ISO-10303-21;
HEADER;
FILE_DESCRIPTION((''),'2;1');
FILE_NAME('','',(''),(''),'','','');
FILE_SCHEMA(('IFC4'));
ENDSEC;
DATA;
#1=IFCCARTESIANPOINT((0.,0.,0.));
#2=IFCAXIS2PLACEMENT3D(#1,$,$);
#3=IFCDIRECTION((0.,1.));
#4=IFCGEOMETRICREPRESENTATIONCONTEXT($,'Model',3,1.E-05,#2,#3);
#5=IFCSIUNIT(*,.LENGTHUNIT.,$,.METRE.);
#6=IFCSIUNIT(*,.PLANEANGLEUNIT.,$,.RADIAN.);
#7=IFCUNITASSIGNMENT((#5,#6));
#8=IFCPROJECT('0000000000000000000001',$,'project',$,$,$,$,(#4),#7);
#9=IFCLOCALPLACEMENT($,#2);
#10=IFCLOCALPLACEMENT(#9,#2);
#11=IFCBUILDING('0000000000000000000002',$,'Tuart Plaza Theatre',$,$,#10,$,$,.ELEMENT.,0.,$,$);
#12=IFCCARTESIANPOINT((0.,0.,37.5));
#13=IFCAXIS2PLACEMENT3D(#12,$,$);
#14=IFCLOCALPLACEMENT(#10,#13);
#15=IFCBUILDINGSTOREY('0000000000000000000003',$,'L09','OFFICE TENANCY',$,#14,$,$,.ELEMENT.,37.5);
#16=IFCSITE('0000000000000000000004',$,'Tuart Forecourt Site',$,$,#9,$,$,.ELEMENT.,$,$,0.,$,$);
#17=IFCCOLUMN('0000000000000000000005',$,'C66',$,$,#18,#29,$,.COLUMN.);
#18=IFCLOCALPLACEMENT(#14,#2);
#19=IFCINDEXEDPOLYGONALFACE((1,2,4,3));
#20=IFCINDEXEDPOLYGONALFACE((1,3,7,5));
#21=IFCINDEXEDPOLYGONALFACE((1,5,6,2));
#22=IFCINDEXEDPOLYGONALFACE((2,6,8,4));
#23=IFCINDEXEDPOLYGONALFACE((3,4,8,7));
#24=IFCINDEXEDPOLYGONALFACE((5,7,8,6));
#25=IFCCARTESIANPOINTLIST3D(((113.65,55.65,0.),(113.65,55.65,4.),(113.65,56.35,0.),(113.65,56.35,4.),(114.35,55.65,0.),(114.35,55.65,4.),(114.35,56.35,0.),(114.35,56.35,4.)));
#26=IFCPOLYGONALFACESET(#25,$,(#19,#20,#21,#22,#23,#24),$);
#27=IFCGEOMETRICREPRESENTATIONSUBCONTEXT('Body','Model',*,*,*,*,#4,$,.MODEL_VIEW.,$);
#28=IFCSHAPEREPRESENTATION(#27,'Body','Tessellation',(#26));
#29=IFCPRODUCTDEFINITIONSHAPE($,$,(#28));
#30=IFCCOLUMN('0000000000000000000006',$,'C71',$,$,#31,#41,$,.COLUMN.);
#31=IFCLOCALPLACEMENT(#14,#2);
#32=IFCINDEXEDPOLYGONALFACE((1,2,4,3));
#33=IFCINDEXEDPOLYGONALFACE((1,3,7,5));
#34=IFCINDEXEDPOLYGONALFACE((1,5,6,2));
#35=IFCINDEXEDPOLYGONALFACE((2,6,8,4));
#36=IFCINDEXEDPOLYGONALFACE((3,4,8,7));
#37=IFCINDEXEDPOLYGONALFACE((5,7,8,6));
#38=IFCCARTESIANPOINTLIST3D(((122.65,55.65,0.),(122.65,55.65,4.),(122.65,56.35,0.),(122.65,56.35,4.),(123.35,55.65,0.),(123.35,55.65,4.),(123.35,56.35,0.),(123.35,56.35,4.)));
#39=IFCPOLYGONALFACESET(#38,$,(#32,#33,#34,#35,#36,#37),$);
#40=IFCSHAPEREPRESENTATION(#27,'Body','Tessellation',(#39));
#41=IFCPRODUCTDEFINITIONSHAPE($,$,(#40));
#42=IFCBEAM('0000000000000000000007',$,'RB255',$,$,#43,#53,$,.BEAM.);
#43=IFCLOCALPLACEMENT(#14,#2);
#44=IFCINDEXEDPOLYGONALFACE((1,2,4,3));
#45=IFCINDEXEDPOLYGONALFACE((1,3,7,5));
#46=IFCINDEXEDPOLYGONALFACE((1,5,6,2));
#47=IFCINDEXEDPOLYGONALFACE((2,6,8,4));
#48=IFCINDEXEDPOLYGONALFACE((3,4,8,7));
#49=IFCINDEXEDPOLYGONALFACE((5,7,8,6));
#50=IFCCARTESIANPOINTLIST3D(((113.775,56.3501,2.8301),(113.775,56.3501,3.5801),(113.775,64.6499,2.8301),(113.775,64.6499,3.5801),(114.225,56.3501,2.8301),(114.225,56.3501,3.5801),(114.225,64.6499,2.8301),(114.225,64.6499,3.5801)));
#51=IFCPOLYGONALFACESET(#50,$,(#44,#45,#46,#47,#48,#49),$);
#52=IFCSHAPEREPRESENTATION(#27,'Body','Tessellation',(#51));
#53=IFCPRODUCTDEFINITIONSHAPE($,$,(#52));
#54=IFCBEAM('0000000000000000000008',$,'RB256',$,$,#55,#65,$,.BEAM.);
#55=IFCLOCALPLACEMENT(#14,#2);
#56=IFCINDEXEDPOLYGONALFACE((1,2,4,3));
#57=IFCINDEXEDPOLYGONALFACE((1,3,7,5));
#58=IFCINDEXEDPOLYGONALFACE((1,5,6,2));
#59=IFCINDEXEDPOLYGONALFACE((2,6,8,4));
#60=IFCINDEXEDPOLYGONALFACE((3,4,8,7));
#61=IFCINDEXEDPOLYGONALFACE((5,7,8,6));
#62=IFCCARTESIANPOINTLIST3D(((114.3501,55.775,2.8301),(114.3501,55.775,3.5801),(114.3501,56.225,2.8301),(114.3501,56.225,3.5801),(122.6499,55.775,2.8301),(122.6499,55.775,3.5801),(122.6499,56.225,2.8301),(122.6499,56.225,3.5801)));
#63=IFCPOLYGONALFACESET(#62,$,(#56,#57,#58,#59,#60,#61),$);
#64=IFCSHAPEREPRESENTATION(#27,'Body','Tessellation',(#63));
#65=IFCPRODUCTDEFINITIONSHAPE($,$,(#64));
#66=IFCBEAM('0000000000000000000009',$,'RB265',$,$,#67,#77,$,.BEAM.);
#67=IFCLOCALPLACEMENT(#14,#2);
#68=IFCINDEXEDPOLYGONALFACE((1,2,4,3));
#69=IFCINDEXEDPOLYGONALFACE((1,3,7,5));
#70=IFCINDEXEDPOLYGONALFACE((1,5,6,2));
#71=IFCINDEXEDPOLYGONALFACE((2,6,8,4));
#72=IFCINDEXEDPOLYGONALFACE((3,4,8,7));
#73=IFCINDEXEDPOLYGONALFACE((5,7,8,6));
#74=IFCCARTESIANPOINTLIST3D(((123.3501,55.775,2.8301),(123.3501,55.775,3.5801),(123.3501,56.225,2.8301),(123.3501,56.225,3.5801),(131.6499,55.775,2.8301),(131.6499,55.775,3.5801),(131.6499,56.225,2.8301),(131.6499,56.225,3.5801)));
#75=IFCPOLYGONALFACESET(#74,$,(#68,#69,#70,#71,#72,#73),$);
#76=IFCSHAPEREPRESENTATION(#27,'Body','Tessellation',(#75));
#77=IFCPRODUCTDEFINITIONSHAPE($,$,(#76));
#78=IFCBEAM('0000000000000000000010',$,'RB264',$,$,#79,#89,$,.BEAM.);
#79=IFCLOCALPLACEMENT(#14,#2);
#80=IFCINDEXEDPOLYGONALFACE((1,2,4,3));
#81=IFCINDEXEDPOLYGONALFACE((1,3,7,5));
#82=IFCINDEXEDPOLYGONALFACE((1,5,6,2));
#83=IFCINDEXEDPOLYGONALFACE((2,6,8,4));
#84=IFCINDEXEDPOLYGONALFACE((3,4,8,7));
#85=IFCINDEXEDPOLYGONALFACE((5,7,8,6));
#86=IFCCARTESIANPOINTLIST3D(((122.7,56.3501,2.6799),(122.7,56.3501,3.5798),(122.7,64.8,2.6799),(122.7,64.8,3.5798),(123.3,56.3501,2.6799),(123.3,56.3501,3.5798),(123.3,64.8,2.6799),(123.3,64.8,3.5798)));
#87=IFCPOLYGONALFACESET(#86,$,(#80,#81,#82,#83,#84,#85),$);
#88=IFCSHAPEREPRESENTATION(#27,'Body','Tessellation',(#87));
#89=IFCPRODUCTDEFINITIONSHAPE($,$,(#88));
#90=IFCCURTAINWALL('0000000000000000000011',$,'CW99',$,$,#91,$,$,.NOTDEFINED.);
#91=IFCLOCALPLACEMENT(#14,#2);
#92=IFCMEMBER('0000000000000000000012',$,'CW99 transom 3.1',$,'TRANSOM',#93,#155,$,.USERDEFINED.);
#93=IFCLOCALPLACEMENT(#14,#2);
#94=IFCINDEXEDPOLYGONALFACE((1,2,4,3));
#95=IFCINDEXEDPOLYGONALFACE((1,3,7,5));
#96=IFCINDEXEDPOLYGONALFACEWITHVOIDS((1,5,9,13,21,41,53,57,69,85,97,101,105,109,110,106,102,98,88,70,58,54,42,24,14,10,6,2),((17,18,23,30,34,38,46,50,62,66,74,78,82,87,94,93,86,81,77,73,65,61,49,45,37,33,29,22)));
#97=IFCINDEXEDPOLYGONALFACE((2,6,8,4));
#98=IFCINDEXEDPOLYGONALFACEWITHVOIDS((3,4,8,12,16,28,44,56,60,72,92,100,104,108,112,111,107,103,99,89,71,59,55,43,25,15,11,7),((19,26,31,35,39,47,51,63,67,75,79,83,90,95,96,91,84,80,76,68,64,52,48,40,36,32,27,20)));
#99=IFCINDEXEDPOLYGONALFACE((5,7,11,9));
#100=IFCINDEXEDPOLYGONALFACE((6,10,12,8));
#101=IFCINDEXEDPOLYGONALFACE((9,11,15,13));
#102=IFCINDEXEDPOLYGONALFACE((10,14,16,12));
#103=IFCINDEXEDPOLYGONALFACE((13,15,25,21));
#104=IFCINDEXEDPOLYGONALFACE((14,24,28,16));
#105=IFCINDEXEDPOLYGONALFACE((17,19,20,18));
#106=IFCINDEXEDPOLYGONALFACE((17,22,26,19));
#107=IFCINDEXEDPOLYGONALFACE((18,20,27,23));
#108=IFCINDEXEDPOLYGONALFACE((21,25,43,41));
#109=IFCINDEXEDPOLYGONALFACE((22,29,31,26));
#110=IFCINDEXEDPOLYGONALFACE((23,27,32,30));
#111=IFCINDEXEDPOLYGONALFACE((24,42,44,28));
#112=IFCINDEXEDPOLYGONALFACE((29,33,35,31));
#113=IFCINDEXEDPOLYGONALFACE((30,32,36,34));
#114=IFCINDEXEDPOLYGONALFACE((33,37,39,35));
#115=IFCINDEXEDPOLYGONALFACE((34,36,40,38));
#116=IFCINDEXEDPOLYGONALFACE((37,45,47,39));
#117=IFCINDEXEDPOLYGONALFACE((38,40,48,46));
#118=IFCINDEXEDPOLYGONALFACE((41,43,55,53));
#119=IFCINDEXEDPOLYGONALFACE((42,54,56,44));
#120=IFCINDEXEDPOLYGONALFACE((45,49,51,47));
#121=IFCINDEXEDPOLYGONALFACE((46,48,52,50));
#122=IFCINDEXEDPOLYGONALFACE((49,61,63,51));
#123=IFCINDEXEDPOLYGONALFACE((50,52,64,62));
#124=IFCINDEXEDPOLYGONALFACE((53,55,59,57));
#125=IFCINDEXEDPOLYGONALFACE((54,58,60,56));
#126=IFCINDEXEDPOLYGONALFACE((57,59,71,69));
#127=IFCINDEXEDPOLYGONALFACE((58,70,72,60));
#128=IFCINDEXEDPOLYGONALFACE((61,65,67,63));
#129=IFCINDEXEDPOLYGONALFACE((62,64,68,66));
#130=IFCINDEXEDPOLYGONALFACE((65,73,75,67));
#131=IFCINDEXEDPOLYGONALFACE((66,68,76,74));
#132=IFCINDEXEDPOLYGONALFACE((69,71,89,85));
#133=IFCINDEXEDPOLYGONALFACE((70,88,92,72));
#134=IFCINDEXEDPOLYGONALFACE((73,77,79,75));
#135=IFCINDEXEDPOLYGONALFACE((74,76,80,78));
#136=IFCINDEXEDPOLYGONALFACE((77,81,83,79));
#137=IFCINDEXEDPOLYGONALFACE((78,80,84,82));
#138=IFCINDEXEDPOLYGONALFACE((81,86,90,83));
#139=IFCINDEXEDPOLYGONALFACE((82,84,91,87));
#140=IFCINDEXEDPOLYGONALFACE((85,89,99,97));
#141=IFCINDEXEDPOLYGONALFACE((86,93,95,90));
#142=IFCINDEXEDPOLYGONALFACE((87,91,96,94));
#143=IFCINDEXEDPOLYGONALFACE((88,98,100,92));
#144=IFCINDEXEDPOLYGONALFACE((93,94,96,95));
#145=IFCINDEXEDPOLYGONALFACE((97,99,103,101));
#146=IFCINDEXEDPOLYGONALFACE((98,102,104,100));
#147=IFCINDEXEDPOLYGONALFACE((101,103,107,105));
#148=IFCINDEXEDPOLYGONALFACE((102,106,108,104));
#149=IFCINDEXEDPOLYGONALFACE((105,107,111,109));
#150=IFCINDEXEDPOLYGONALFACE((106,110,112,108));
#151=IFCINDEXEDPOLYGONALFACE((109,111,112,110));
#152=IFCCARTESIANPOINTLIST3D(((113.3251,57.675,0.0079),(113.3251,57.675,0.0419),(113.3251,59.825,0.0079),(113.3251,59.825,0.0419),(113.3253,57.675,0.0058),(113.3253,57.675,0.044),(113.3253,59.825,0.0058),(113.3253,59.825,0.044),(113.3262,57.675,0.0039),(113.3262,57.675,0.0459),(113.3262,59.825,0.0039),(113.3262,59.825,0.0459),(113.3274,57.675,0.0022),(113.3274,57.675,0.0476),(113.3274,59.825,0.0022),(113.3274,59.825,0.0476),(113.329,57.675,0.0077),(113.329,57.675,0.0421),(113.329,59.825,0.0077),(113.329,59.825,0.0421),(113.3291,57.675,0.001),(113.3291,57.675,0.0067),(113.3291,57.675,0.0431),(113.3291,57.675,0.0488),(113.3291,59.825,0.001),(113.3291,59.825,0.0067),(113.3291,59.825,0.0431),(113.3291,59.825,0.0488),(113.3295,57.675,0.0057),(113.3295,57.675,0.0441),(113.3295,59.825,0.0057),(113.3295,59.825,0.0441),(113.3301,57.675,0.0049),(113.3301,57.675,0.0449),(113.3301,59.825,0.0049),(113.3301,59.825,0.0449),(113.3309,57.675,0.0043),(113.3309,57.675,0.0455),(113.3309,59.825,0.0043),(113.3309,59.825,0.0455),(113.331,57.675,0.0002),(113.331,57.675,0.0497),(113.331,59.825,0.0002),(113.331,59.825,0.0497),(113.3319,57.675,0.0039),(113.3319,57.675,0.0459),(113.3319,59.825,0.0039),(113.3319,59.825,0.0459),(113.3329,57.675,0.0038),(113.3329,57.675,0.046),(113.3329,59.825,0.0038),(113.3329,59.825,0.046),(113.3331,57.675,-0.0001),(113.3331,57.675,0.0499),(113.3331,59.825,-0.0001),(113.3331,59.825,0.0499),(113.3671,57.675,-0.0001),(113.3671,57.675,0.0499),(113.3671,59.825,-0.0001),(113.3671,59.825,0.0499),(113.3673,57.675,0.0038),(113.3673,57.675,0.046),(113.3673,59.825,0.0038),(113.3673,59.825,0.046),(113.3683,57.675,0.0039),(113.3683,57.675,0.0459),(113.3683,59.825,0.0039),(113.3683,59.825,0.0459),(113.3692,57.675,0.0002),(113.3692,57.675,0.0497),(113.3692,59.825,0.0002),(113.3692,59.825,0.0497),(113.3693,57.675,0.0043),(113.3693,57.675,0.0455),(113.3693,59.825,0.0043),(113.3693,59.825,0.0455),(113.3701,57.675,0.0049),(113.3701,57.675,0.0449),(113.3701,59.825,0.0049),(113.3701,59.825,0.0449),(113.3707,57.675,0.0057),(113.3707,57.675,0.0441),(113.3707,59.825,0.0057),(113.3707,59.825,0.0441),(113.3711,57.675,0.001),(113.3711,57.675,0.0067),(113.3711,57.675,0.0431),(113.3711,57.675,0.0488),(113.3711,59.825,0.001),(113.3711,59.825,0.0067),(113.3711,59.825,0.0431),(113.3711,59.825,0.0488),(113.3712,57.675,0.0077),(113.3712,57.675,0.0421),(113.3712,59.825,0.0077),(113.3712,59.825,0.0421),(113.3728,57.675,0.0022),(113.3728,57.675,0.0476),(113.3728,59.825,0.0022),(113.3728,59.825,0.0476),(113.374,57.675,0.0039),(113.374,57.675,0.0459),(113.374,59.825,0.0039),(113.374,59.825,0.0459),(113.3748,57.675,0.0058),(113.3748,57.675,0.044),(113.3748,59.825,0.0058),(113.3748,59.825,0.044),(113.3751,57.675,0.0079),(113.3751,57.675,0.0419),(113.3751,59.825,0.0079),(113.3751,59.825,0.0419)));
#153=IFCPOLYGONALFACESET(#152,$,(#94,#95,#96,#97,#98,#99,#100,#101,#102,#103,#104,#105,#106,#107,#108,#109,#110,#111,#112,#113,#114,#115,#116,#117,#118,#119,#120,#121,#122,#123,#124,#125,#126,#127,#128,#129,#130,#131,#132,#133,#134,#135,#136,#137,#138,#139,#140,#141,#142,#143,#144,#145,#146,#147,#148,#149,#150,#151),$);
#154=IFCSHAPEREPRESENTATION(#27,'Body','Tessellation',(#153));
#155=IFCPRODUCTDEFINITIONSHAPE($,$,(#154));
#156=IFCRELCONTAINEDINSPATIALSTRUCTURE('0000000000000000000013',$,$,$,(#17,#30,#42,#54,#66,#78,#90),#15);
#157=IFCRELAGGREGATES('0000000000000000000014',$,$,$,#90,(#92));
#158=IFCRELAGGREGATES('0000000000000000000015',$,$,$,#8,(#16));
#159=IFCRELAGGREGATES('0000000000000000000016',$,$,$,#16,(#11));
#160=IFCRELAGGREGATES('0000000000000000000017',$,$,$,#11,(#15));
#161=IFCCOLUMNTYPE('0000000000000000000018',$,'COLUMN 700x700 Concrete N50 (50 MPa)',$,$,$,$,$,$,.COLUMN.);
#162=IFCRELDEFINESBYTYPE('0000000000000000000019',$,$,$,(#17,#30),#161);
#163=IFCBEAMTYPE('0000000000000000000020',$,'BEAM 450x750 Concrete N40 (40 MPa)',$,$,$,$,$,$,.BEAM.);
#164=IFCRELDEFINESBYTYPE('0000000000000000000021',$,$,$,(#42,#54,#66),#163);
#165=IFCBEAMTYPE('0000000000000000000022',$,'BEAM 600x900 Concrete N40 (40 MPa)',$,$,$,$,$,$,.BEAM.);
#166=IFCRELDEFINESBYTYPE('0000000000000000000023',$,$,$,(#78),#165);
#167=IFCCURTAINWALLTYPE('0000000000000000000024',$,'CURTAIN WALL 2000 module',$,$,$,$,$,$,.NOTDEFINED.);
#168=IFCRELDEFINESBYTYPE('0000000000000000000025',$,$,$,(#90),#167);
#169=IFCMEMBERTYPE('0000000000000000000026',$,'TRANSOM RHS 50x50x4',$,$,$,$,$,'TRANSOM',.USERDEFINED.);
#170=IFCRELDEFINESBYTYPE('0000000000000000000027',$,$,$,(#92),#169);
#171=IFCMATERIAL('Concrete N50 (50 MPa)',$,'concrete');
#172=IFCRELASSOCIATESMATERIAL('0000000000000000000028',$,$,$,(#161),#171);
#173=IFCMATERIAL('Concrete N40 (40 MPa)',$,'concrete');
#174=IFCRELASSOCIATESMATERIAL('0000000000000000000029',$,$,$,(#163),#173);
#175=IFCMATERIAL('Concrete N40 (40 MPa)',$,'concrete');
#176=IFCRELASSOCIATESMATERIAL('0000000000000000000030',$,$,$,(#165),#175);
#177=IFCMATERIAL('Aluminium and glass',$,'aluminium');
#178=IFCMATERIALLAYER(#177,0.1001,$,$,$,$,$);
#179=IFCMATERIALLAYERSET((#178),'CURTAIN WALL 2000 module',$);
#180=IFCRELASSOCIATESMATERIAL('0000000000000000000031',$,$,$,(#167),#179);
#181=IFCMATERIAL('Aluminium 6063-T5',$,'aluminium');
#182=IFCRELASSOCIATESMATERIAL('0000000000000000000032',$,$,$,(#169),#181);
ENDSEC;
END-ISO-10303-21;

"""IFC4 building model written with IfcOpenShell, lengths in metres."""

from ifc_helpers import new_model, si_unit, direction, frame, origin, origin_2d, place, context, subcontext, project, spatial, rectangle, hollow_rectangle, extrude, material, layer, layer_set, material_profile, profile_set, type_object, element, aggregate, save


model = new_model("IFC4")

# Units and contexts
model_context = context("Model", 3, precision=1e-05, world=origin(), true_north=direction((0.0, 1.0)))
body_context = subcontext(model_context, "Body", "Model", "MODEL_VIEW")
ifc_project = project(units=[si_unit("LENGTHUNIT", "METRE"), si_unit("PLANEANGLEUNIT", "RADIAN")], contexts=[model_context])

# Site, building, storey
site_placement = place(None, origin())
site = spatial("IfcSite", under=ifc_project, at=site_placement, Name="Tuart Forecourt Site", CompositionType="ELEMENT", RefElevation=0.0)
building_placement = place(site_placement, origin())
building = spatial("IfcBuilding", under=site, at=building_placement, Name="Tuart Plaza Theatre", CompositionType="ELEMENT", ElevationOfRefHeight=0.0)
storey_placement = place(building_placement, frame((0.0, 0.0, 37.5)))
storey = spatial("IfcBuildingStorey", under=building, at=storey_placement, Name="L09", Description="OFFICE TENANCY", CompositionType="ELEMENT", Elevation=37.5)

# Columns
ifc_material_1 = material(Name="Concrete N50 (50 MPa)", Category="concrete")
ifc_material_profile_1 = material_profile(ifc_material_1, rectangle(XDim=0.7, YDim=0.7, at=origin_2d()), Name="COLUMN 700x700 Concrete N50 (50 MPa)")
ifc_profile_set_1 = profile_set([ifc_material_profile_1], Name="Concrete N50 (50 MPa)")
column_type = type_object("IfcColumnType", Name="COLUMN 700x700 Concrete N50 (50 MPa)", PredefinedType="COLUMN", material=ifc_profile_set_1)
for number, where, z_axis, x_axis, name in (
    (1, (114.0, 56.0, 0.0), (0.0, 0.0, 1.0), (1.0, 0.0, 0.0), "C66"),
    (2, (123.0, 56.0, 0.0), (0.0, 0.0, 1.0), (1.0, 0.0, 0.0), "C71"),
):
    element("IfcColumn", number, at=place(storey_placement, frame(where, z_axis=z_axis, x_axis=x_axis)), inside=storey, type_object=column_type, Name=name, PredefinedType="COLUMN", context=body_context, shape_type="SweptSolid", body=[
        extrude(rectangle(XDim=0.7, YDim=0.7, at=origin_2d()), origin(), (0.0, 0.0, 1.0), 4.0),
    ])

# Beams
ifc_material_2 = material(Name="Concrete N40 (40 MPa)", Category="concrete")
ifc_material_profile_2 = material_profile(ifc_material_2, rectangle(XDim=0.45, YDim=0.75, at=origin_2d()), Name="BEAM 450x750 Concrete N40 (40 MPa)")
ifc_profile_set_2 = profile_set([ifc_material_profile_2], Name="Concrete N40 (40 MPa)")
beam_type_1 = type_object("IfcBeamType", Name="BEAM 450x750 Concrete N40 (40 MPa)", PredefinedType="BEAM", material=ifc_profile_set_2)
for number, where, z_axis, x_axis, name in (
    (3, (114.0, 56.3501, 3.2051), (0.0, 1.0, 0.0), (-1.0, 0.0, 0.0), "RB255"),
    (4, (114.3501, 56.0, 3.2051), (1.0, 0.0, 0.0), (0.0, 1.0, 0.0), "RB256"),
    (5, (123.3501, 56.0, 3.2051), (1.0, 0.0, 0.0), (0.0, 1.0, 0.0), "RB265"),
):
    element("IfcBeam", number, at=place(storey_placement, frame(where, z_axis=z_axis, x_axis=x_axis)), inside=storey, type_object=beam_type_1, Name=name, PredefinedType="BEAM", context=body_context, shape_type="SweptSolid", body=[
        extrude(rectangle(XDim=0.45, YDim=0.75, at=origin_2d()), origin(), (0.0, 0.0, 1.0), 8.2998),
    ])
ifc_material_3 = material(Name="Concrete N40 (40 MPa)", Category="concrete")
ifc_material_profile_3 = material_profile(ifc_material_3, rectangle(XDim=0.6001, YDim=0.8999, at=origin_2d()), Name="BEAM 600x900 Concrete N40 (40 MPa)")
ifc_profile_set_3 = profile_set([ifc_material_profile_3], Name="Concrete N40 (40 MPa)")
beam_type_2 = type_object("IfcBeamType", Name="BEAM 600x900 Concrete N40 (40 MPa)", PredefinedType="BEAM", material=ifc_profile_set_3)
beam_placement = place(storey_placement, frame((123.0, 56.3501, 3.1299), z_axis=(0.0, 1.0, 0.0), x_axis=(-1.0, 0.0, 0.0)))
element("IfcBeam", 6, at=beam_placement, inside=storey, type_object=beam_type_2, Name="RB264", PredefinedType="BEAM", context=body_context, shape_type="SweptSolid", body=[
    extrude(rectangle(XDim=0.6001, YDim=0.8999, at=origin_2d()), origin(), (0.0, 0.0, 1.0), 8.45),
])

# Curtain wall, member
ifc_material_4 = material(Name="Aluminium and glass", Category="aluminium")
ifc_layer_1 = layer(ifc_material_4, 0.1001)
ifc_layer_set_1 = layer_set([ifc_layer_1], Name="CURTAIN WALL 2000 module")
curtain_wall_type = type_object("IfcCurtainWallType", Name="CURTAIN WALL 2000 module", PredefinedType="NOTDEFINED", material=ifc_layer_set_1)
curtain_wall_1_placement = place(storey_placement, origin())
curtain_wall_1 = element("IfcCurtainWall", 7, at=curtain_wall_1_placement, inside=storey, type_object=curtain_wall_type, Name="CW99", PredefinedType="NOTDEFINED")
ifc_material_5 = material(Name="Aluminium 6063-T5", Category="aluminium")
ifc_material_profile_4 = material_profile(ifc_material_5, hollow_rectangle(XDim=0.05, YDim=0.05, WallThickness=0.0039, InnerFilletRadius=0.0039, OuterFilletRadius=0.0081, at=origin_2d()), Name="RHS 50x50x4")
ifc_profile_set_4 = profile_set([ifc_material_profile_4], Name="Aluminium 6063-T5")
member_type = type_object("IfcMemberType", Name="TRANSOM RHS 50x50x4", ElementType="TRANSOM", PredefinedType="USERDEFINED", material=ifc_profile_set_4)
member_1_placement = place(storey_placement, frame((113.3501, 59.825, 0.0249), z_axis=(0.0, -1.0, 0.0), x_axis=(1.0, 0.0, 0.0)))
member_1 = element("IfcMember", 8, at=member_1_placement, type_object=member_type, Name="CW99 transom 3.1", ObjectType="TRANSOM", PredefinedType="USERDEFINED", context=body_context, shape_type="SweptSolid", body=[
    extrude(hollow_rectangle(XDim=0.05, YDim=0.05, WallThickness=0.0039, InnerFilletRadius=0.0039, OuterFilletRadius=0.0081, at=origin_2d()), origin(), (0.0, 0.0, 1.0), 2.1499),
])

aggregate(curtain_wall_1, [member_1])

save(model, "model.ifc")
